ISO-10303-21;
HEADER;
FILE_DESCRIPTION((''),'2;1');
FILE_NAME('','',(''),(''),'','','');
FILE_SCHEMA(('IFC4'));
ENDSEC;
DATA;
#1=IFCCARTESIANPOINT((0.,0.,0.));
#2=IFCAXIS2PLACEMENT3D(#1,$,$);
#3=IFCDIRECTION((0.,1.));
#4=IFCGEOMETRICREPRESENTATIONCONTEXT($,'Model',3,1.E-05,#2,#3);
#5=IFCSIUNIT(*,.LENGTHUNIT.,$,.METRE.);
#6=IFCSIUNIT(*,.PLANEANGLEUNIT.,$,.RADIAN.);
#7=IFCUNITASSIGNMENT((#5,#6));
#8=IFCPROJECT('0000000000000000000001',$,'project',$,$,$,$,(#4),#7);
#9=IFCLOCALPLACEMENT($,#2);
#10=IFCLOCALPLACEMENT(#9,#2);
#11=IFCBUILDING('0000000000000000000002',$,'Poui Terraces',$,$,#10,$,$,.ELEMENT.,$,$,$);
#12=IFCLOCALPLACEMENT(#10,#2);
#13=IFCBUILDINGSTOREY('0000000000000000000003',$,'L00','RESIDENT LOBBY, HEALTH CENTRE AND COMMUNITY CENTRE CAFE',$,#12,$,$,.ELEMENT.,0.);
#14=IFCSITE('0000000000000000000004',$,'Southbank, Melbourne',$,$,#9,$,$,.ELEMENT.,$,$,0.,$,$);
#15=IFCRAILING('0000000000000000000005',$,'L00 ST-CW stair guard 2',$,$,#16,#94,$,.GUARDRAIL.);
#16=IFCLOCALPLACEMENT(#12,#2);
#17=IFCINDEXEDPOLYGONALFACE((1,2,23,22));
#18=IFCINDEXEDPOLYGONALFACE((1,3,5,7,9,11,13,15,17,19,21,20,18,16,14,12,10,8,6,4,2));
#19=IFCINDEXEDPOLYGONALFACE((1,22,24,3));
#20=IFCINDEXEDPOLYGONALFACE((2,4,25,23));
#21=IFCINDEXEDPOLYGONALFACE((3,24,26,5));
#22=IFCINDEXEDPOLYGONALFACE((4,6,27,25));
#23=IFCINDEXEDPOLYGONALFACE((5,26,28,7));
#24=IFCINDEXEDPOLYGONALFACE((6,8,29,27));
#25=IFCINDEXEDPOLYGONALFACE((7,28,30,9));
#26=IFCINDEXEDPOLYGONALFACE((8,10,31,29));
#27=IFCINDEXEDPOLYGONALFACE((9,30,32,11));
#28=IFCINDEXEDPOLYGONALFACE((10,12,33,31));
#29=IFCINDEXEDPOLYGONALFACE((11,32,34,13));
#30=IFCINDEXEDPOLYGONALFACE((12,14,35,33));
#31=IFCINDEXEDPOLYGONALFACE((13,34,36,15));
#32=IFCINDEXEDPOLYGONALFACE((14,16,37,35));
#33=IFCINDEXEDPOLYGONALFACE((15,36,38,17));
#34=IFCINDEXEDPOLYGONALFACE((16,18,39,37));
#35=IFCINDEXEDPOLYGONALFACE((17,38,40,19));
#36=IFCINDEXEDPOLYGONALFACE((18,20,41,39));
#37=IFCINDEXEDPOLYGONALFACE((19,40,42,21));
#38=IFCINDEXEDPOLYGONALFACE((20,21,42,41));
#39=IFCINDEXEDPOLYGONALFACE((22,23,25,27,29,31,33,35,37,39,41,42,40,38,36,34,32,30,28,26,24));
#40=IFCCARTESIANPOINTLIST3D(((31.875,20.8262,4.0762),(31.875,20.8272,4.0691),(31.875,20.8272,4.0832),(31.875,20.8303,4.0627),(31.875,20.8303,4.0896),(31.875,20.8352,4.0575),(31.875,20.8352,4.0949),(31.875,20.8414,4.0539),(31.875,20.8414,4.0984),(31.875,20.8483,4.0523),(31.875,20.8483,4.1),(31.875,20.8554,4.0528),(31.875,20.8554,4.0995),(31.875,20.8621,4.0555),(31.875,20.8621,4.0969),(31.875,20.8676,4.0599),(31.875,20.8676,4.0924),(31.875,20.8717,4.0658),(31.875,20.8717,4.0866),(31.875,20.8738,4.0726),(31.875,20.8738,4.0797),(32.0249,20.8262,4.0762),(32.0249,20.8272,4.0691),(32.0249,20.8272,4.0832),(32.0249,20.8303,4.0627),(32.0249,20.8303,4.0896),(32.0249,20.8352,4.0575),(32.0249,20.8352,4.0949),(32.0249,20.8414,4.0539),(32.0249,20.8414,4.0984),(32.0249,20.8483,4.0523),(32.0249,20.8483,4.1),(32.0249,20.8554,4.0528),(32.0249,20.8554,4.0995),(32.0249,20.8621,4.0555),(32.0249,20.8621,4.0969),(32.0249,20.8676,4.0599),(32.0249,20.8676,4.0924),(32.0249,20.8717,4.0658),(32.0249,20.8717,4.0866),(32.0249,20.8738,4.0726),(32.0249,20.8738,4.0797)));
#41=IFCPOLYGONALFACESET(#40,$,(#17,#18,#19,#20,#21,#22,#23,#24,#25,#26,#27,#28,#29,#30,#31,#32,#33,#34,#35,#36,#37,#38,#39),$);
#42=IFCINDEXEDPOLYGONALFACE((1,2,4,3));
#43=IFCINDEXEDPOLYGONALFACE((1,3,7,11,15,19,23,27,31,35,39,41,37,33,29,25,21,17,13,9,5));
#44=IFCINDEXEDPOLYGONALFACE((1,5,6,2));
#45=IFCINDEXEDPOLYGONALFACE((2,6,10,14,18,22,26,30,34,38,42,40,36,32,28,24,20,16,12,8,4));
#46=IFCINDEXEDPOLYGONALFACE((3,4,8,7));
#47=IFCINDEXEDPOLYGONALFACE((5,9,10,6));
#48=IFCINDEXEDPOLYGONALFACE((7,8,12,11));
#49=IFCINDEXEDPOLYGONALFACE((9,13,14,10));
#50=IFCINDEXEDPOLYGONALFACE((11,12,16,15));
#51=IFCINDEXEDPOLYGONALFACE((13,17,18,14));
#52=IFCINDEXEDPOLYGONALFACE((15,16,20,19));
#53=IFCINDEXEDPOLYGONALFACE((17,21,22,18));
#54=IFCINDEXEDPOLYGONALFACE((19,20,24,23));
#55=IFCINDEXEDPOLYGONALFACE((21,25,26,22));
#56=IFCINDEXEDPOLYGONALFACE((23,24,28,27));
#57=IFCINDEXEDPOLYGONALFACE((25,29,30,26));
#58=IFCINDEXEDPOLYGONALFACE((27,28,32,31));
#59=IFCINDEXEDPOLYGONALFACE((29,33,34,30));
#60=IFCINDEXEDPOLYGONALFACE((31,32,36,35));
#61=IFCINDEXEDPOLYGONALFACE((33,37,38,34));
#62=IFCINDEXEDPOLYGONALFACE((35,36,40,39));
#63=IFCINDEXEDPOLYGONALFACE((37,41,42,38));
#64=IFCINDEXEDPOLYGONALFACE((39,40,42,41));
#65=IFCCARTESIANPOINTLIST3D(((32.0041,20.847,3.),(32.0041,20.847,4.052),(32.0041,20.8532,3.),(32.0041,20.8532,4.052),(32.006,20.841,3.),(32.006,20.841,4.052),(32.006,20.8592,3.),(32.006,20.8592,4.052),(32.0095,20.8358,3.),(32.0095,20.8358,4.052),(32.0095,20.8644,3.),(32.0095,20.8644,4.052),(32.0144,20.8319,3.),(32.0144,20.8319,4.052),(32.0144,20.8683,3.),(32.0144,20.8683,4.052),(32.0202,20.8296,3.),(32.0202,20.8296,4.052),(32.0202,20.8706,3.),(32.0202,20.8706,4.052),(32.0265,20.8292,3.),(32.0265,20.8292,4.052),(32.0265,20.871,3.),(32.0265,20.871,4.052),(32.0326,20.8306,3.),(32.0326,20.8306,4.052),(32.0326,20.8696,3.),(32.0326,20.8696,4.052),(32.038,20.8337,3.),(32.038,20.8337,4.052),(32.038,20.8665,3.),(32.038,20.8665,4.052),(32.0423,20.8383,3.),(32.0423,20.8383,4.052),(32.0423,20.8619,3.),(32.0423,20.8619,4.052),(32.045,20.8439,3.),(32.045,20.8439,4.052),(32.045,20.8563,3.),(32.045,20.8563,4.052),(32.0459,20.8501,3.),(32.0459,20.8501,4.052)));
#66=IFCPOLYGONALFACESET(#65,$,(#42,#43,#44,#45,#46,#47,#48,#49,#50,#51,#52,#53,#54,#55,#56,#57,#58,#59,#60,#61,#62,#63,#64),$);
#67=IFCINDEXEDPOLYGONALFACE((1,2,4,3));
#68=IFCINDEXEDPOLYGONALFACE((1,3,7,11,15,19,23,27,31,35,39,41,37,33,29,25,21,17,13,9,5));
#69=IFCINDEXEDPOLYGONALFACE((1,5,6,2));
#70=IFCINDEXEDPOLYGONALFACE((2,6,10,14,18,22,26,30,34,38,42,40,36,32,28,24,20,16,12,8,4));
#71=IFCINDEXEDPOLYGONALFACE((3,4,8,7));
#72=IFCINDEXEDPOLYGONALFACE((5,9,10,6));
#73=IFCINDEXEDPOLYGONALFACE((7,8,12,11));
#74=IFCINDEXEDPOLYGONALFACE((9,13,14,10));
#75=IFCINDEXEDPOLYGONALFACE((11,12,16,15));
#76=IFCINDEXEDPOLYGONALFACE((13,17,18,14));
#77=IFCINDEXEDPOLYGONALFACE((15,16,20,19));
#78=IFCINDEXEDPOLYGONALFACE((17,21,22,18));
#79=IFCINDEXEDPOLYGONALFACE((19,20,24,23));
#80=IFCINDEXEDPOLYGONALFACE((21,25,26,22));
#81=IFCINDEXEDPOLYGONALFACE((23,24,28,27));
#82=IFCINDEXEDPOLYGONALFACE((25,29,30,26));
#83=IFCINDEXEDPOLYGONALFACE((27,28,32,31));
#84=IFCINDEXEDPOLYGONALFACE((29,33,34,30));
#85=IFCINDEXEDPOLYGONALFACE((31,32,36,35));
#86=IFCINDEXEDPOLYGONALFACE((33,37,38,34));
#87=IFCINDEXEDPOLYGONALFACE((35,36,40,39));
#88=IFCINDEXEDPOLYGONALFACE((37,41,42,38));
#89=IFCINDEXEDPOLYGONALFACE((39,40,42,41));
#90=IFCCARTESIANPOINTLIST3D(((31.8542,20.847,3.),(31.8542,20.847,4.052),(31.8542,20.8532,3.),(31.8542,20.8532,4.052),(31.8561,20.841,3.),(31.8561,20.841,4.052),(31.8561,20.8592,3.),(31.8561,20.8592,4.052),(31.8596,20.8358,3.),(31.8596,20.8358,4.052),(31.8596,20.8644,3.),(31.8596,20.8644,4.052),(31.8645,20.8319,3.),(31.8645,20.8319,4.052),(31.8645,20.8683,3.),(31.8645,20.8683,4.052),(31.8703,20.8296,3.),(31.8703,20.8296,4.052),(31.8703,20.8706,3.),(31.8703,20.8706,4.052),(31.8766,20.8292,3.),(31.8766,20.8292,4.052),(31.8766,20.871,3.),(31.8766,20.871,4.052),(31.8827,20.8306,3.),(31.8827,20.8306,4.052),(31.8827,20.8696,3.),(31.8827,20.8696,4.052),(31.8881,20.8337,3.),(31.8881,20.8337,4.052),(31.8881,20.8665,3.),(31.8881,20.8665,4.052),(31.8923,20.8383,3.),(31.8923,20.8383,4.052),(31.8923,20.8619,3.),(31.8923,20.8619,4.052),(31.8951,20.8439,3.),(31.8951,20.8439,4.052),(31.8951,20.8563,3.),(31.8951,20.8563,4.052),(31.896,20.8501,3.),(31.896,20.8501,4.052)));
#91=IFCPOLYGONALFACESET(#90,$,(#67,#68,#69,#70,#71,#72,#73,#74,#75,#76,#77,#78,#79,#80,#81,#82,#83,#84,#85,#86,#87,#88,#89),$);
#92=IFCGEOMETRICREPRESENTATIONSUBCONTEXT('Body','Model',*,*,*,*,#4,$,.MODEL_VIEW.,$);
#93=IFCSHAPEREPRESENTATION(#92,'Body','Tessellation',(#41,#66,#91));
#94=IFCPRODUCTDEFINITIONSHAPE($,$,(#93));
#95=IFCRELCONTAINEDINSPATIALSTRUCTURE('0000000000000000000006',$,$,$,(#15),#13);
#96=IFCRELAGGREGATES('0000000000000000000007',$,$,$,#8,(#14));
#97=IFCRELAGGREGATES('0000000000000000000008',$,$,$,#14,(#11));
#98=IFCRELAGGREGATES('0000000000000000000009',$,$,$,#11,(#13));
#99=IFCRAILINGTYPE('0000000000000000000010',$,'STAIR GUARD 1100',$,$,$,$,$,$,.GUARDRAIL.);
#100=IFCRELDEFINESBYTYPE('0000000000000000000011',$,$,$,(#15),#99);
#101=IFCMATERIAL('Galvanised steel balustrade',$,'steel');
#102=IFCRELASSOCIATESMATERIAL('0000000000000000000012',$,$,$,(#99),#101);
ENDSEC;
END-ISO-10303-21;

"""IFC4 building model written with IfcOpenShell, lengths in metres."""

from ifc_helpers import new_model, si_unit, direction, frame, origin, origin_2d, place, context, subcontext, project, spatial, circle, extrude, material, type_object, element, save


model = new_model("IFC4")

# Units and contexts
model_context = context("Model", 3, precision=1e-05, world=origin(), true_north=direction((0.0, 1.0)))
body_context = subcontext(model_context, "Body", "Model", "MODEL_VIEW")
ifc_project = project(units=[si_unit("LENGTHUNIT", "METRE"), si_unit("PLANEANGLEUNIT", "RADIAN")], contexts=[model_context])

# Site, building, storey
site_placement = place(None, origin())
site = spatial("IfcSite", under=ifc_project, at=site_placement, Name="Southbank, Melbourne", CompositionType="ELEMENT", RefElevation=0.0)
building_placement = place(site_placement, origin())
building = spatial("IfcBuilding", under=site, at=building_placement, Name="Poui Terraces", CompositionType="ELEMENT")
storey_placement = place(building_placement, origin())
storey = spatial("IfcBuildingStorey", under=building, at=storey_placement, Name="L00", Description="RESIDENT LOBBY, HEALTH CENTRE AND COMMUNITY CENTRE CAFE", CompositionType="ELEMENT", Elevation=0.0)

# Railing
ifc_material_1 = material(Name="Galvanised steel balustrade", Category="steel")
railing_type = type_object("IfcRailingType", Name="STAIR GUARD 1100", PredefinedType="GUARDRAIL", material=ifc_material_1)
railing_1_placement = place(storey_placement, frame((32.0249, 20.8501, 3.0)))
element("IfcRailing", 1, at=railing_1_placement, inside=storey, type_object=railing_type, Name="L00 ST-CW stair guard 2", PredefinedType="GUARDRAIL", context=body_context, shape_type="SweptSolid", body=[
    extrude(circle(Radius=0.0239, at=origin_2d()), frame((0.0, 0.0, 1.0762), z_axis=(-1.0, 0.0, 0.0), x_axis=(0.0, -1.0, 0.0)), (0.0, 0.0, 1.0), 0.1499),
    extrude(circle(Radius=0.021, at=origin_2d()), origin(), (0.0, 0.0, 1.0), 1.052),
    extrude(circle(Radius=0.021, at=origin_2d()), frame((-0.1499, 0.0, 0.0)), (0.0, 0.0, 1.0), 1.052),
])

save(model, "model.ifc")
